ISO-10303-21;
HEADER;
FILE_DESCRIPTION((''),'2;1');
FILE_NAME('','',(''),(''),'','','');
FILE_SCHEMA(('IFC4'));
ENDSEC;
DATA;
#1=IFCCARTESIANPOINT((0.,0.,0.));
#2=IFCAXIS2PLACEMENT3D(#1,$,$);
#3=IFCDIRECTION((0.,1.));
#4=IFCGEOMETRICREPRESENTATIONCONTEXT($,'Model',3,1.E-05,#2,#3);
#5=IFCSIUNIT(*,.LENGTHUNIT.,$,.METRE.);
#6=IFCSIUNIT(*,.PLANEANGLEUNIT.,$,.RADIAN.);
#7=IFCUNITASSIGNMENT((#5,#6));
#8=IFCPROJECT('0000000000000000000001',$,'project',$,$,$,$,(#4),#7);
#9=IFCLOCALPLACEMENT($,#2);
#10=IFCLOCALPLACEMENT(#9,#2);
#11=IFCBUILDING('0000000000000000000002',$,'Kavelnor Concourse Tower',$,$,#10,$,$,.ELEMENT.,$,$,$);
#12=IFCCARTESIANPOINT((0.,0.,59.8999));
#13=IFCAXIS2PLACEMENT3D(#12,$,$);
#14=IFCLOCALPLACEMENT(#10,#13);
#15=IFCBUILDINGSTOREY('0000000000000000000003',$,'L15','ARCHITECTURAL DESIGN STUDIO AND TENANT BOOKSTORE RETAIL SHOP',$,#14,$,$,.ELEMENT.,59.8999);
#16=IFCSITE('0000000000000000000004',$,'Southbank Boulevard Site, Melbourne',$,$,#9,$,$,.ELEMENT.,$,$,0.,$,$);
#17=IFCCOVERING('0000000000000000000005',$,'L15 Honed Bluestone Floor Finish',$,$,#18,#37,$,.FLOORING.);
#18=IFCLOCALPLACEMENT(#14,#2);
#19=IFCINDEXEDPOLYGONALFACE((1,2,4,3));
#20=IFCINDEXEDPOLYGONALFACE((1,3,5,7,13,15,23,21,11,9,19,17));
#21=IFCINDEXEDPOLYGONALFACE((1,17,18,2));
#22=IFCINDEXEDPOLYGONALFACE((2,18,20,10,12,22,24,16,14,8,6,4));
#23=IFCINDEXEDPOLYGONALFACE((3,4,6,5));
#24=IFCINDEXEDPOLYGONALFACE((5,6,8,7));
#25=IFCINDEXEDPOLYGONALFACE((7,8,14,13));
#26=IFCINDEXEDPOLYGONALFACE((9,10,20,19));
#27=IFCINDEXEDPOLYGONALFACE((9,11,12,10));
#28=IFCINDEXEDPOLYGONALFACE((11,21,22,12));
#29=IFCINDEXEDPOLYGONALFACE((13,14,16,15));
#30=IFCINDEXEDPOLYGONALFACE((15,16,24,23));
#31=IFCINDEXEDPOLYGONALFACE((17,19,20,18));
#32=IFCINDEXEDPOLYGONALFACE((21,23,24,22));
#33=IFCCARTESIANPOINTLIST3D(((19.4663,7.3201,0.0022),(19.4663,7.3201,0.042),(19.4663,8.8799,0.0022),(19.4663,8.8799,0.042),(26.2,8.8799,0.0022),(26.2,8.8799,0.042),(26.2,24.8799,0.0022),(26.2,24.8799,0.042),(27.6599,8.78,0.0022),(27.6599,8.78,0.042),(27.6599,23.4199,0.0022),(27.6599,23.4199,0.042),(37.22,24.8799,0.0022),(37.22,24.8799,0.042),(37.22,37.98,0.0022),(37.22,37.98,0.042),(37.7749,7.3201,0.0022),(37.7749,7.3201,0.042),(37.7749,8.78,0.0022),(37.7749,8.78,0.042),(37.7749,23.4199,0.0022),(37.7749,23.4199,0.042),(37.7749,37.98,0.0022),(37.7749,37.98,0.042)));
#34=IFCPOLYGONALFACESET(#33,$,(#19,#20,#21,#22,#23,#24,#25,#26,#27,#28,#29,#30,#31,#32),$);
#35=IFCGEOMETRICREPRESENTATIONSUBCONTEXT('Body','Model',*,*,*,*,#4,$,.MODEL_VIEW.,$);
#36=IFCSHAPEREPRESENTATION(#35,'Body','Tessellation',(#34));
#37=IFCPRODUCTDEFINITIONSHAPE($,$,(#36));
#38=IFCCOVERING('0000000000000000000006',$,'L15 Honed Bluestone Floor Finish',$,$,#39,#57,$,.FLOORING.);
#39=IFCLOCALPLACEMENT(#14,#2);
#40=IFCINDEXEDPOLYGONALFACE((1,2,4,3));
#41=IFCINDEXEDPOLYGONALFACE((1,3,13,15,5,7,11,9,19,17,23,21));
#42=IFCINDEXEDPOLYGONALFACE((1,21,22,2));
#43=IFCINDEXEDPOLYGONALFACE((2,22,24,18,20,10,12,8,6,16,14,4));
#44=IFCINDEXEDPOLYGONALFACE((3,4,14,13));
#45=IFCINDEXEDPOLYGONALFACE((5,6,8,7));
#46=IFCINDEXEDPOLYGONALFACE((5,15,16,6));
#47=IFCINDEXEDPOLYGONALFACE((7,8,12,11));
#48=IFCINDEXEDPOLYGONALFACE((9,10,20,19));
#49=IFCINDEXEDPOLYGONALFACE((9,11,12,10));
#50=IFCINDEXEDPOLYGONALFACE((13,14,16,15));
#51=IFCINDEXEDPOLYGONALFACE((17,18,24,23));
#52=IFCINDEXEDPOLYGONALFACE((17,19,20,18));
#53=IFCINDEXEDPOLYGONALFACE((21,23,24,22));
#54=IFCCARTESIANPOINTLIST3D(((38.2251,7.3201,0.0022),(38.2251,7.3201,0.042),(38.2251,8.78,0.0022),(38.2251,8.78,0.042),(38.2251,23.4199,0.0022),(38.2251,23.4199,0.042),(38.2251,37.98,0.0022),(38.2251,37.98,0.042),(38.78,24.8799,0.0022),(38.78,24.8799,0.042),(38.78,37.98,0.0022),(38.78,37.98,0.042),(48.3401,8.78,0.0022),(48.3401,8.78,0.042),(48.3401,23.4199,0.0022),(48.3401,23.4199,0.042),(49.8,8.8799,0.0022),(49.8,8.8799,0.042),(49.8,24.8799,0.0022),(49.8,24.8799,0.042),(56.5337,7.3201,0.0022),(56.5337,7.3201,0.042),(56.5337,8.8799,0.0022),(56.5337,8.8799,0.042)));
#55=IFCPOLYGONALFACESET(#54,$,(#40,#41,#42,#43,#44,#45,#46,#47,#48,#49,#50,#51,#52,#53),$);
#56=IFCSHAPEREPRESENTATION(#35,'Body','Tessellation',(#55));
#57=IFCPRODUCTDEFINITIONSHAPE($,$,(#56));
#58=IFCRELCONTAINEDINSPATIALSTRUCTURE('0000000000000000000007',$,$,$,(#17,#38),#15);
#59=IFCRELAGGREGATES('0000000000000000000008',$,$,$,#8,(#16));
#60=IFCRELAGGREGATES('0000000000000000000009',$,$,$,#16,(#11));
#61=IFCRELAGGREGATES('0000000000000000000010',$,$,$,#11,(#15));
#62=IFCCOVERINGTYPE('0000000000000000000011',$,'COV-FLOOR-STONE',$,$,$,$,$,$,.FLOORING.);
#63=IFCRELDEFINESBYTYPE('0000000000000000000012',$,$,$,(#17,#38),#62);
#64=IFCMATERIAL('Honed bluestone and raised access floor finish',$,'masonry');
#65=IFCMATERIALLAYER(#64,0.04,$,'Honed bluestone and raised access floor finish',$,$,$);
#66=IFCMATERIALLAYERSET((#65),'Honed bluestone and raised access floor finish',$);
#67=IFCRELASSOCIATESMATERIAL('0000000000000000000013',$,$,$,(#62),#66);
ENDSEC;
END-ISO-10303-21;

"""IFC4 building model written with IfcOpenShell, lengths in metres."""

from ifc_helpers import new_model, si_unit, direction, frame, origin, place, context, subcontext, project, spatial, polyline, outline, extrude, material, layer, layer_set, type_object, element, save


model = new_model("IFC4")

# Units and contexts
model_context = context("Model", 3, precision=1e-05, world=origin(), true_north=direction((0.0, 1.0)))
body_context = subcontext(model_context, "Body", "Model", "MODEL_VIEW")
ifc_project = project(units=[si_unit("LENGTHUNIT", "METRE"), si_unit("PLANEANGLEUNIT", "RADIAN")], contexts=[model_context])

# Site, building, storey
site_placement = place(None, origin())
site = spatial("IfcSite", under=ifc_project, at=site_placement, Name="Southbank Boulevard Site, Melbourne", CompositionType="ELEMENT", RefElevation=0.0)
building_placement = place(site_placement, origin())
building = spatial("IfcBuilding", under=site, at=building_placement, Name="Kavelnor Concourse Tower", CompositionType="ELEMENT")
storey_placement = place(building_placement, frame((0.0, 0.0, 59.8999)))
storey = spatial("IfcBuildingStorey", under=building, at=storey_placement, Name="L15", Description="ARCHITECTURAL DESIGN STUDIO AND TENANT BOOKSTORE RETAIL SHOP", CompositionType="ELEMENT", Elevation=59.8999)

# Coverings
ifc_material_1 = material(Name="Honed bluestone and raised access floor finish", Category="masonry")
ifc_layer_1 = layer(ifc_material_1, 0.04, Name="Honed bluestone and raised access floor finish")
ifc_layer_set_1 = layer_set([ifc_layer_1], Name="Honed bluestone and raised access floor finish")
covering_type_1 = type_object("IfcCoveringType", Name="COV-FLOOR-STONE", PredefinedType="FLOORING", material=ifc_layer_set_1)
covering_1_placement = place(storey_placement, frame((0.0, 0.0, 0.0022)))
element("IfcCovering", 1, at=covering_1_placement, inside=storey, type_object=covering_type_1, Name="L15 Honed Bluestone Floor Finish", PredefinedType="FLOORING", context=body_context, shape_type="SweptSolid", body=[
    extrude(outline(polyline([(37.22, 37.98), (37.7749, 37.98), (37.7749, 23.4199), (27.6599, 23.4199), (27.6599, 8.78), (37.7749, 8.78), (37.7749, 7.3201), (19.4663, 7.3201), (19.4663, 8.8799), (26.2, 8.8799), (26.2, 24.8799), (37.22, 24.8799), (37.22, 37.98)])), origin(), (0.0, 0.0, 1.0), 0.0398),
])
covering_2_placement = place(storey_placement, frame((0.0, 0.0, 0.0022)))
element("IfcCovering", 2, at=covering_2_placement, inside=storey, type_object=covering_type_1, Name="L15 Honed Bluestone Floor Finish", PredefinedType="FLOORING", context=body_context, shape_type="SweptSolid", body=[
    extrude(outline(polyline([(38.78, 37.98), (38.78, 24.8799), (49.8, 24.8799), (49.8, 8.8799), (56.5337, 8.8799), (56.5337, 7.3201), (38.2251, 7.3201), (38.2251, 8.78), (48.3401, 8.78), (48.3401, 23.4199), (38.2251, 23.4199), (38.2251, 37.98), (38.78, 37.98)])), origin(), (0.0, 0.0, 1.0), 0.0398),
])

save(model, "model.ifc")
